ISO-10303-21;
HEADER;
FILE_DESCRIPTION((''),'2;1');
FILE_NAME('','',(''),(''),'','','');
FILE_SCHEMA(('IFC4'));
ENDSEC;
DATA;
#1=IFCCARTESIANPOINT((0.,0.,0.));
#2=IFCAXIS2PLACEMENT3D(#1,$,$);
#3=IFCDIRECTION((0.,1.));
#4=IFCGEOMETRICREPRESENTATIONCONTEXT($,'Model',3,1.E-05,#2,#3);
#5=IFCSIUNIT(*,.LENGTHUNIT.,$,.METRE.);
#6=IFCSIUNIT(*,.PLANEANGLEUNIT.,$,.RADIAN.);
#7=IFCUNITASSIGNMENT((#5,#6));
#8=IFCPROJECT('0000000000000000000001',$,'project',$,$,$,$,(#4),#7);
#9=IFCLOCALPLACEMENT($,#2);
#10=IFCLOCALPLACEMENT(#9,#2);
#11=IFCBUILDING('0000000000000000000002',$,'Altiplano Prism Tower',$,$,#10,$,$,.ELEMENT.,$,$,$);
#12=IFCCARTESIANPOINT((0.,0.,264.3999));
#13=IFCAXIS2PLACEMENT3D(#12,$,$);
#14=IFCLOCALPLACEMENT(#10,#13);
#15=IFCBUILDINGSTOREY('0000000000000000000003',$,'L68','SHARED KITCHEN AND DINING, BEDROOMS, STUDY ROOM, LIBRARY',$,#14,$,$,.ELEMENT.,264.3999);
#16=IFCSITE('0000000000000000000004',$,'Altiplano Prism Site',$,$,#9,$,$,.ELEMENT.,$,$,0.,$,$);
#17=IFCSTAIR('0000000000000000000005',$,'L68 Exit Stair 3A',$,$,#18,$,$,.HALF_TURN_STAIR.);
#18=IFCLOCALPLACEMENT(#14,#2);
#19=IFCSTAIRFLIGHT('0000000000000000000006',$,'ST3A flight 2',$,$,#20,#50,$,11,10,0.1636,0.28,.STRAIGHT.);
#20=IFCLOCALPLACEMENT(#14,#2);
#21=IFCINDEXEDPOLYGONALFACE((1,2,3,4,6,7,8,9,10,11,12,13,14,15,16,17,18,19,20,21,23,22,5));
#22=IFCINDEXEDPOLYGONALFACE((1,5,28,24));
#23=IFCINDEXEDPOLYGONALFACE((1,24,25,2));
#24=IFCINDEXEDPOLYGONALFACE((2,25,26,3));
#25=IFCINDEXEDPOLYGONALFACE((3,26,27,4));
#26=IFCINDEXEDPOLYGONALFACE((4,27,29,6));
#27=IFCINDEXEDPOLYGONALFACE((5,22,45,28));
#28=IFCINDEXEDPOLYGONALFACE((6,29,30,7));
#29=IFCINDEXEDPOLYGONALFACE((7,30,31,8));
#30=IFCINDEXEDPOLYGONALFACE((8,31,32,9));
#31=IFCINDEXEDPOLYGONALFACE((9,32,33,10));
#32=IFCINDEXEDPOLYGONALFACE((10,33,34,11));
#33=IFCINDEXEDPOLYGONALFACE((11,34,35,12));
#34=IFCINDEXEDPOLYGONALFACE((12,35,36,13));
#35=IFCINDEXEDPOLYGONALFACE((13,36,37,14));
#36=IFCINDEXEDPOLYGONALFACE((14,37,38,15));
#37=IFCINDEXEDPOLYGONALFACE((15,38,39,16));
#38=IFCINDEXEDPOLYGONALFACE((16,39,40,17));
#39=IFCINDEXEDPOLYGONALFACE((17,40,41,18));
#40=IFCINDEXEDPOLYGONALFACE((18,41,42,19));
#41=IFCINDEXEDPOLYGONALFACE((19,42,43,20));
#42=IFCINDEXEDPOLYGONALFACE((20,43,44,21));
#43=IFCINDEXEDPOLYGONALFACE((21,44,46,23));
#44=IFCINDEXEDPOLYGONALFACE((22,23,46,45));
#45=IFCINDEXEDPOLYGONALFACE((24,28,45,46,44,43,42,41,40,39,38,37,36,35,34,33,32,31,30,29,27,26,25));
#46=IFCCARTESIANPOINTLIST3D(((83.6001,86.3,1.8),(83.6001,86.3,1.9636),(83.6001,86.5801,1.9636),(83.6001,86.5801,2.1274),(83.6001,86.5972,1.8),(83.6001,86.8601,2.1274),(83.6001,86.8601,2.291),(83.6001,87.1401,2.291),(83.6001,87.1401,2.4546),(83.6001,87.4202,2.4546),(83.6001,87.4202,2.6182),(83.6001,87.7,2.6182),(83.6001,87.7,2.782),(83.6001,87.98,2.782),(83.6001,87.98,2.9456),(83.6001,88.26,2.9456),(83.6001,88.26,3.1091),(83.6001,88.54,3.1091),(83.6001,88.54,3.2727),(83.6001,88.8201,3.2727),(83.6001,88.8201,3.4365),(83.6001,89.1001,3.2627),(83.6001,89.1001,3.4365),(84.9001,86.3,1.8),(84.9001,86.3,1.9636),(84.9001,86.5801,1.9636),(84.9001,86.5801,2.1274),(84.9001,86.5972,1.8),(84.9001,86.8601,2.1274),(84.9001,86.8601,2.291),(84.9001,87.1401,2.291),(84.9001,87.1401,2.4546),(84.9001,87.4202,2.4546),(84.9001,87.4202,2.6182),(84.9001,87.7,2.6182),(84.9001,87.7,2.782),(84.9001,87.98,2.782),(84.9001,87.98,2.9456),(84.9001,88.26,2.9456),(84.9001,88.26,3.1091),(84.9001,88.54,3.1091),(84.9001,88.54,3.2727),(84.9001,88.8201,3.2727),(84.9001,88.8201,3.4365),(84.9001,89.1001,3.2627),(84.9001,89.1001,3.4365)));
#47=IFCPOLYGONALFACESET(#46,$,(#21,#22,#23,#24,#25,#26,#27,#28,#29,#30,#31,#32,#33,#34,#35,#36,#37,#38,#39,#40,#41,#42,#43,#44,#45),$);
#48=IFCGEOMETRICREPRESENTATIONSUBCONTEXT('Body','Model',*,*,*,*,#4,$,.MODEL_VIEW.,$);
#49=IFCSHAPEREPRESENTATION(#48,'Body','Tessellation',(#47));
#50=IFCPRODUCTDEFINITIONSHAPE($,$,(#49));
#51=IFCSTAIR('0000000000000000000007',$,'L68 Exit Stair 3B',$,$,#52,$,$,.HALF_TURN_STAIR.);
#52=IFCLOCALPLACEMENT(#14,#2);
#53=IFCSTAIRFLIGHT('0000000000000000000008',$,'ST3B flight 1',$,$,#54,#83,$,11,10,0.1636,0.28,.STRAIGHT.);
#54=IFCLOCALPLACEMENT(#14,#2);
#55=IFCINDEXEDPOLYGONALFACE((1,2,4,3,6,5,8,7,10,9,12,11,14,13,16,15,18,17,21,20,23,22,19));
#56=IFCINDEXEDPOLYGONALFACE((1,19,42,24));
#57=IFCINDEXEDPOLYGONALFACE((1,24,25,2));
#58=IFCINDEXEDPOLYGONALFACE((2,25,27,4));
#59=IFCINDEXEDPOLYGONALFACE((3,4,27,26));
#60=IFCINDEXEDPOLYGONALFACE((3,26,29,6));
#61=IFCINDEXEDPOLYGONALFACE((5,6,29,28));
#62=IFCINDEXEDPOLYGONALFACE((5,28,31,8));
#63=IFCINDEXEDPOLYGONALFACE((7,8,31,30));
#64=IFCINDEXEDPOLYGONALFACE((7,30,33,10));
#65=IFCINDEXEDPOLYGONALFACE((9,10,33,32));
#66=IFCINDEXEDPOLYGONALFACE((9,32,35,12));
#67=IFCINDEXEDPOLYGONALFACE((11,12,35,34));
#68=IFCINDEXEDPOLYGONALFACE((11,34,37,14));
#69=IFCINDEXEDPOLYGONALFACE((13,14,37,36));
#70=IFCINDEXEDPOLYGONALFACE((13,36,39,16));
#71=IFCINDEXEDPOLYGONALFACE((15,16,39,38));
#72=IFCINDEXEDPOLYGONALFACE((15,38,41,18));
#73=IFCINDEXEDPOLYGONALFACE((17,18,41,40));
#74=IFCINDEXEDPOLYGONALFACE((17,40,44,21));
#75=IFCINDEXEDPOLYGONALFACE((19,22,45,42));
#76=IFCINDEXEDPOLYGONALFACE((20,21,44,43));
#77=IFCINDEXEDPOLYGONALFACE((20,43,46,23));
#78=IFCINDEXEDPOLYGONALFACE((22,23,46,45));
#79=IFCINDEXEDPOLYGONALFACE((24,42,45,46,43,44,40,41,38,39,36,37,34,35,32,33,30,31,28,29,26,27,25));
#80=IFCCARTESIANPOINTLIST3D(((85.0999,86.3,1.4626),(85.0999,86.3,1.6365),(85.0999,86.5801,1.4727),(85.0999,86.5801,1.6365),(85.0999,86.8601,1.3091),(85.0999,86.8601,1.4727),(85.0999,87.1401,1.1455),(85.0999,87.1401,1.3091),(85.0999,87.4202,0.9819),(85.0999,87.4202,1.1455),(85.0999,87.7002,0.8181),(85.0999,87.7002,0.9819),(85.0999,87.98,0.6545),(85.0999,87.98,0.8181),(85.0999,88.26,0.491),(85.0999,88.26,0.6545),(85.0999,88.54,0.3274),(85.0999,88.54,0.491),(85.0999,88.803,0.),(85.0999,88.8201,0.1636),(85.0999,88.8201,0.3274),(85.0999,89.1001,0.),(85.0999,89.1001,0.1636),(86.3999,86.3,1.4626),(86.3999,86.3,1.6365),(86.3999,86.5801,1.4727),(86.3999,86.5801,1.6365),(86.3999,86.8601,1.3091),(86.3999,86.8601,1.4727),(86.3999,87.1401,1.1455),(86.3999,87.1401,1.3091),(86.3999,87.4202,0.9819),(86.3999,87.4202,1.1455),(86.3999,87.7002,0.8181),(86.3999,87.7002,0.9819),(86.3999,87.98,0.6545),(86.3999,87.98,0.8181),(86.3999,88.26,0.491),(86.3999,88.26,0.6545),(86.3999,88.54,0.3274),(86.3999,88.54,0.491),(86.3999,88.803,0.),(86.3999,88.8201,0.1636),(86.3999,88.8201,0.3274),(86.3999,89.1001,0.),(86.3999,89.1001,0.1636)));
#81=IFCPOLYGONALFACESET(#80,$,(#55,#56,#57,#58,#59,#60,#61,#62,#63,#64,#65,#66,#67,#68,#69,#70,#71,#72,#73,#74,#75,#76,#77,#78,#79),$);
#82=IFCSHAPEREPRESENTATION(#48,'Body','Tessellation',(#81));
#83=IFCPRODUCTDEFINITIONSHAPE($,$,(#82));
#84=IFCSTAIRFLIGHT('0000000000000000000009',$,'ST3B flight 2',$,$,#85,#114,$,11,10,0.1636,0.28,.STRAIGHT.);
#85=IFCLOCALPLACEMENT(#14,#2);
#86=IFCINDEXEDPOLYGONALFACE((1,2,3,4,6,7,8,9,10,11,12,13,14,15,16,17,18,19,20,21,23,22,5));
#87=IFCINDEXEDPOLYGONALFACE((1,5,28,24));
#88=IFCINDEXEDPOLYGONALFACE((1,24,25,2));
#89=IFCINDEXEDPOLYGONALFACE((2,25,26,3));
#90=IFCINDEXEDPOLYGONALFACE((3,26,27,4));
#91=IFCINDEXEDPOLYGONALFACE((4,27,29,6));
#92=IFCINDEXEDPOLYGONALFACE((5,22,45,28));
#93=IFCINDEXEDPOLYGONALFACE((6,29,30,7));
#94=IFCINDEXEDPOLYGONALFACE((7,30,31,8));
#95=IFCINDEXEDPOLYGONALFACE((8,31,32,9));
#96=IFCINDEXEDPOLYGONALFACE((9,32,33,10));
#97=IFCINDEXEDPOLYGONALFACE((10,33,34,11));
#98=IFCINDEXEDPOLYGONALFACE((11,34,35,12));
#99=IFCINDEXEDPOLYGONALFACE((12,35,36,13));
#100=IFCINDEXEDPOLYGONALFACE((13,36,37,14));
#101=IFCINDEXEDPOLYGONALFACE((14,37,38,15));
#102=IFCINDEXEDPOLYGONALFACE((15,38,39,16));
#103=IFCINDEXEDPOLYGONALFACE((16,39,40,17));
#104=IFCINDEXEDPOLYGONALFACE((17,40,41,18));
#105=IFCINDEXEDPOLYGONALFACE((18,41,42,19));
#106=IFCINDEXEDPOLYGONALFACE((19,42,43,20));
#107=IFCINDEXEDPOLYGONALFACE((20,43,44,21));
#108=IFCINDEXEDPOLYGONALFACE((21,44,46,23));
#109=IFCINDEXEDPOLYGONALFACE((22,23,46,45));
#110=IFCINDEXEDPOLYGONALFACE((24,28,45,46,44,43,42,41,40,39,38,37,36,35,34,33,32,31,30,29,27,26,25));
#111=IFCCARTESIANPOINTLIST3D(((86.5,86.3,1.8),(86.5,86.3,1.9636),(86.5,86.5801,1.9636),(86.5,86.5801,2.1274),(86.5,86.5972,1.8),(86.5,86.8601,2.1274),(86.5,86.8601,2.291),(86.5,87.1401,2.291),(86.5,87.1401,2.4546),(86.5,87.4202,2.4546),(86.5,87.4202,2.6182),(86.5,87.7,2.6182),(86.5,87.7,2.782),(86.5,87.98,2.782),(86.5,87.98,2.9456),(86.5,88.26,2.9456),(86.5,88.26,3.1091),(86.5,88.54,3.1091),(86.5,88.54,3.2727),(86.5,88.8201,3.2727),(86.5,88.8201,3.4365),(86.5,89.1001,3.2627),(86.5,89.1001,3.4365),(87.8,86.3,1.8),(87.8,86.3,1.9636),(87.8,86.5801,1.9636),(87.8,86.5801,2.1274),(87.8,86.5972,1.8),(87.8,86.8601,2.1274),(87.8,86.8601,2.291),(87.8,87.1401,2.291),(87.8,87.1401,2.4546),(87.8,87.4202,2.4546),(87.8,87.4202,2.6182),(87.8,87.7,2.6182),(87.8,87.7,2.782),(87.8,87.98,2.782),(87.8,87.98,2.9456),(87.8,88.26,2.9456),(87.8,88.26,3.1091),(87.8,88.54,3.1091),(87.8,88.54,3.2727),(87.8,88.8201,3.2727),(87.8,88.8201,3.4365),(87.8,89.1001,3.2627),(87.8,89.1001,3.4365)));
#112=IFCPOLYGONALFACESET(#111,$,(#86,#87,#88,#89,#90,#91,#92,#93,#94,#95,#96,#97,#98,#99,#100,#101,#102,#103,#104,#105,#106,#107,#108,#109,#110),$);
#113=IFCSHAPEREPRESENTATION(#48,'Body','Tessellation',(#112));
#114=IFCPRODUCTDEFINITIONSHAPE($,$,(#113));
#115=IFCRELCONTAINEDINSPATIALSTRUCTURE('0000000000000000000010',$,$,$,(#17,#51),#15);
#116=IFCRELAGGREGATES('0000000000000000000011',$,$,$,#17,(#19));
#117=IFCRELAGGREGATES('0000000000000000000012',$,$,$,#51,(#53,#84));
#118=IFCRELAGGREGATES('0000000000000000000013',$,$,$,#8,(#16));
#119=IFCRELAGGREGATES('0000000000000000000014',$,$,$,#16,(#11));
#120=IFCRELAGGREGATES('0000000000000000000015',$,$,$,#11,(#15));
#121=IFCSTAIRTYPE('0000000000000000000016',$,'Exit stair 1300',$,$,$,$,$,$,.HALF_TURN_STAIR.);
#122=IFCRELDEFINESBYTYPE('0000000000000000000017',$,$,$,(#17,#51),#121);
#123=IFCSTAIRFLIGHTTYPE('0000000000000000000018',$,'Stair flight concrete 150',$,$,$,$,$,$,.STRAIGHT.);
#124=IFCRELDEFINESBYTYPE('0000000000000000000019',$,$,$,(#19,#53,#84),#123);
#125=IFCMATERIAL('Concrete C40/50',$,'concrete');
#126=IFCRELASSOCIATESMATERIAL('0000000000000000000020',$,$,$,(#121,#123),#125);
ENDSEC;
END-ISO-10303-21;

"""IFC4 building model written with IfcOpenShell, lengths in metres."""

from ifc_helpers import new_model, si_unit, direction, frame, origin, place, context, subcontext, project, spatial, polyline, outline, extrude, material, type_object, element, aggregate, save


model = new_model("IFC4")

# Units and contexts
model_context = context("Model", 3, precision=1e-05, world=origin(), true_north=direction((0.0, 1.0)))
body_context = subcontext(model_context, "Body", "Model", "MODEL_VIEW")
ifc_project = project(units=[si_unit("LENGTHUNIT", "METRE"), si_unit("PLANEANGLEUNIT", "RADIAN")], contexts=[model_context])

# Site, building, storey
site_placement = place(None, origin())
site = spatial("IfcSite", under=ifc_project, at=site_placement, Name="Altiplano Prism Site", CompositionType="ELEMENT", RefElevation=0.0)
building_placement = place(site_placement, origin())
building = spatial("IfcBuilding", under=site, at=building_placement, Name="Altiplano Prism Tower", CompositionType="ELEMENT")
storey_placement = place(building_placement, frame((0.0, 0.0, 264.3999)))
storey = spatial("IfcBuildingStorey", under=building, at=storey_placement, Name="L68", Description="SHARED KITCHEN AND DINING, BEDROOMS, STUDY ROOM, LIBRARY", CompositionType="ELEMENT", Elevation=264.3999)

# Stairs, stair flights
ifc_material_1 = material(Name="Concrete C40/50", Category="concrete")
stair_type = type_object("IfcStairType", Name="Exit stair 1300", PredefinedType="HALF_TURN_STAIR", material=ifc_material_1)
stair_1_placement = place(storey_placement, origin())
stair_1 = element("IfcStair", 1, at=stair_1_placement, inside=storey, type_object=stair_type, Name="L68 Exit Stair 3A", PredefinedType="HALF_TURN_STAIR")
stair_flight_type = type_object("IfcStairFlightType", Name="Stair flight concrete 150", PredefinedType="STRAIGHT", material=ifc_material_1)
stair_flight_1_placement = place(storey_placement, frame((84.25, 86.3, 1.8), z_axis=(0.0, 0.0, 1.0), x_axis=(0.0, 1.0, 0.0)))
stair_flight_1 = element("IfcStairFlight", 2, at=stair_flight_1_placement, type_object=stair_flight_type, Name="ST3A flight 2", NumberOfRisers=11, NumberOfTreads=10, PredefinedType="STRAIGHT", RiserHeight=0.1636, TreadLength=0.28, context=body_context, shape_type="SweptSolid", body=[
    extrude(outline(polyline([(0.0, 0.0), (0.0, 0.1636), (0.28, 0.1636), (0.28, 0.3274), (0.5601, 0.3274), (0.5601, 0.491), (0.8401, 0.491), (0.8401, 0.6545), (1.1201, 0.6545), (1.1201, 0.8181), (1.3999, 0.8181), (1.3999, 0.9819), (1.6799, 0.9819), (1.6799, 1.1455), (1.96, 1.1455), (1.96, 1.3091), (2.24, 1.3091), (2.24, 1.4727), (2.52, 1.4727), (2.52, 1.6365), (2.8, 1.6365), (2.8, 1.8), (2.8, 1.4626), (0.2971, 0.0), (0.0, 0.0)])), frame((0.0, 0.6499, 0.0), z_axis=(0.0, -1.0, 0.0), x_axis=(1.0, 0.0, 0.0)), (0.0, 0.0, 1.0), 1.3),
])
aggregate(stair_1, [stair_flight_1])
stair_2_placement = place(storey_placement, origin())
stair_2 = element("IfcStair", 3, at=stair_2_placement, inside=storey, type_object=stair_type, Name="L68 Exit Stair 3B", PredefinedType="HALF_TURN_STAIR")
stair_flight_2_placement = place(storey_placement, frame((85.75, 89.1001, 0.0), z_axis=(0.0, 0.0, 1.0), x_axis=(0.0, -1.0, 0.0)))
stair_flight_2 = element("IfcStairFlight", 4, at=stair_flight_2_placement, type_object=stair_flight_type, Name="ST3B flight 1", NumberOfRisers=11, NumberOfTreads=10, PredefinedType="STRAIGHT", RiserHeight=0.1636, TreadLength=0.28, context=body_context, shape_type="SweptSolid", body=[
    extrude(outline(polyline([(0.0, 0.0), (0.0, 0.1636), (0.28, 0.1636), (0.28, 0.3274), (0.5601, 0.3274), (0.5601, 0.491), (0.8401, 0.491), (0.8401, 0.6545), (1.1201, 0.6545), (1.1201, 0.8181), (1.3999, 0.8181), (1.3999, 0.9819), (1.6799, 0.9819), (1.6799, 1.1455), (1.96, 1.1455), (1.96, 1.3091), (2.24, 1.3091), (2.24, 1.4727), (2.52, 1.4727), (2.52, 1.6365), (2.8, 1.6365), (2.8, 1.8), (2.8, 1.4626), (0.2971, 0.0), (0.0, 0.0)])), frame((0.0, 0.6499, 0.0), z_axis=(0.0, -1.0, 0.0), x_axis=(1.0, 0.0, 0.0)), (0.0, 0.0, 1.0), 1.3),
])
stair_flight_3_placement = place(storey_placement, frame((87.1499, 86.3, 1.8), z_axis=(0.0, 0.0, 1.0), x_axis=(0.0, 1.0, 0.0)))
stair_flight_3 = element("IfcStairFlight", 5, at=stair_flight_3_placement, type_object=stair_flight_type, Name="ST3B flight 2", NumberOfRisers=11, NumberOfTreads=10, PredefinedType="STRAIGHT", RiserHeight=0.1636, TreadLength=0.28, context=body_context, shape_type="SweptSolid", body=[
    extrude(outline(polyline([(0.0, 0.0), (0.0, 0.1636), (0.28, 0.1636), (0.28, 0.3274), (0.5601, 0.3274), (0.5601, 0.491), (0.8401, 0.491), (0.8401, 0.6545), (1.1201, 0.6545), (1.1201, 0.8181), (1.3999, 0.8181), (1.3999, 0.9819), (1.6799, 0.9819), (1.6799, 1.1455), (1.96, 1.1455), (1.96, 1.3091), (2.24, 1.3091), (2.24, 1.4727), (2.52, 1.4727), (2.52, 1.6365), (2.8, 1.6365), (2.8, 1.8), (2.8, 1.4626), (0.2971, 0.0), (0.0, 0.0)])), frame((0.0, 0.6499, 0.0), z_axis=(0.0, -1.0, 0.0), x_axis=(1.0, 0.0, 0.0)), (0.0, 0.0, 1.0), 1.3),
])
aggregate(stair_2, [stair_flight_2, stair_flight_3])

save(model, "model.ifc")
